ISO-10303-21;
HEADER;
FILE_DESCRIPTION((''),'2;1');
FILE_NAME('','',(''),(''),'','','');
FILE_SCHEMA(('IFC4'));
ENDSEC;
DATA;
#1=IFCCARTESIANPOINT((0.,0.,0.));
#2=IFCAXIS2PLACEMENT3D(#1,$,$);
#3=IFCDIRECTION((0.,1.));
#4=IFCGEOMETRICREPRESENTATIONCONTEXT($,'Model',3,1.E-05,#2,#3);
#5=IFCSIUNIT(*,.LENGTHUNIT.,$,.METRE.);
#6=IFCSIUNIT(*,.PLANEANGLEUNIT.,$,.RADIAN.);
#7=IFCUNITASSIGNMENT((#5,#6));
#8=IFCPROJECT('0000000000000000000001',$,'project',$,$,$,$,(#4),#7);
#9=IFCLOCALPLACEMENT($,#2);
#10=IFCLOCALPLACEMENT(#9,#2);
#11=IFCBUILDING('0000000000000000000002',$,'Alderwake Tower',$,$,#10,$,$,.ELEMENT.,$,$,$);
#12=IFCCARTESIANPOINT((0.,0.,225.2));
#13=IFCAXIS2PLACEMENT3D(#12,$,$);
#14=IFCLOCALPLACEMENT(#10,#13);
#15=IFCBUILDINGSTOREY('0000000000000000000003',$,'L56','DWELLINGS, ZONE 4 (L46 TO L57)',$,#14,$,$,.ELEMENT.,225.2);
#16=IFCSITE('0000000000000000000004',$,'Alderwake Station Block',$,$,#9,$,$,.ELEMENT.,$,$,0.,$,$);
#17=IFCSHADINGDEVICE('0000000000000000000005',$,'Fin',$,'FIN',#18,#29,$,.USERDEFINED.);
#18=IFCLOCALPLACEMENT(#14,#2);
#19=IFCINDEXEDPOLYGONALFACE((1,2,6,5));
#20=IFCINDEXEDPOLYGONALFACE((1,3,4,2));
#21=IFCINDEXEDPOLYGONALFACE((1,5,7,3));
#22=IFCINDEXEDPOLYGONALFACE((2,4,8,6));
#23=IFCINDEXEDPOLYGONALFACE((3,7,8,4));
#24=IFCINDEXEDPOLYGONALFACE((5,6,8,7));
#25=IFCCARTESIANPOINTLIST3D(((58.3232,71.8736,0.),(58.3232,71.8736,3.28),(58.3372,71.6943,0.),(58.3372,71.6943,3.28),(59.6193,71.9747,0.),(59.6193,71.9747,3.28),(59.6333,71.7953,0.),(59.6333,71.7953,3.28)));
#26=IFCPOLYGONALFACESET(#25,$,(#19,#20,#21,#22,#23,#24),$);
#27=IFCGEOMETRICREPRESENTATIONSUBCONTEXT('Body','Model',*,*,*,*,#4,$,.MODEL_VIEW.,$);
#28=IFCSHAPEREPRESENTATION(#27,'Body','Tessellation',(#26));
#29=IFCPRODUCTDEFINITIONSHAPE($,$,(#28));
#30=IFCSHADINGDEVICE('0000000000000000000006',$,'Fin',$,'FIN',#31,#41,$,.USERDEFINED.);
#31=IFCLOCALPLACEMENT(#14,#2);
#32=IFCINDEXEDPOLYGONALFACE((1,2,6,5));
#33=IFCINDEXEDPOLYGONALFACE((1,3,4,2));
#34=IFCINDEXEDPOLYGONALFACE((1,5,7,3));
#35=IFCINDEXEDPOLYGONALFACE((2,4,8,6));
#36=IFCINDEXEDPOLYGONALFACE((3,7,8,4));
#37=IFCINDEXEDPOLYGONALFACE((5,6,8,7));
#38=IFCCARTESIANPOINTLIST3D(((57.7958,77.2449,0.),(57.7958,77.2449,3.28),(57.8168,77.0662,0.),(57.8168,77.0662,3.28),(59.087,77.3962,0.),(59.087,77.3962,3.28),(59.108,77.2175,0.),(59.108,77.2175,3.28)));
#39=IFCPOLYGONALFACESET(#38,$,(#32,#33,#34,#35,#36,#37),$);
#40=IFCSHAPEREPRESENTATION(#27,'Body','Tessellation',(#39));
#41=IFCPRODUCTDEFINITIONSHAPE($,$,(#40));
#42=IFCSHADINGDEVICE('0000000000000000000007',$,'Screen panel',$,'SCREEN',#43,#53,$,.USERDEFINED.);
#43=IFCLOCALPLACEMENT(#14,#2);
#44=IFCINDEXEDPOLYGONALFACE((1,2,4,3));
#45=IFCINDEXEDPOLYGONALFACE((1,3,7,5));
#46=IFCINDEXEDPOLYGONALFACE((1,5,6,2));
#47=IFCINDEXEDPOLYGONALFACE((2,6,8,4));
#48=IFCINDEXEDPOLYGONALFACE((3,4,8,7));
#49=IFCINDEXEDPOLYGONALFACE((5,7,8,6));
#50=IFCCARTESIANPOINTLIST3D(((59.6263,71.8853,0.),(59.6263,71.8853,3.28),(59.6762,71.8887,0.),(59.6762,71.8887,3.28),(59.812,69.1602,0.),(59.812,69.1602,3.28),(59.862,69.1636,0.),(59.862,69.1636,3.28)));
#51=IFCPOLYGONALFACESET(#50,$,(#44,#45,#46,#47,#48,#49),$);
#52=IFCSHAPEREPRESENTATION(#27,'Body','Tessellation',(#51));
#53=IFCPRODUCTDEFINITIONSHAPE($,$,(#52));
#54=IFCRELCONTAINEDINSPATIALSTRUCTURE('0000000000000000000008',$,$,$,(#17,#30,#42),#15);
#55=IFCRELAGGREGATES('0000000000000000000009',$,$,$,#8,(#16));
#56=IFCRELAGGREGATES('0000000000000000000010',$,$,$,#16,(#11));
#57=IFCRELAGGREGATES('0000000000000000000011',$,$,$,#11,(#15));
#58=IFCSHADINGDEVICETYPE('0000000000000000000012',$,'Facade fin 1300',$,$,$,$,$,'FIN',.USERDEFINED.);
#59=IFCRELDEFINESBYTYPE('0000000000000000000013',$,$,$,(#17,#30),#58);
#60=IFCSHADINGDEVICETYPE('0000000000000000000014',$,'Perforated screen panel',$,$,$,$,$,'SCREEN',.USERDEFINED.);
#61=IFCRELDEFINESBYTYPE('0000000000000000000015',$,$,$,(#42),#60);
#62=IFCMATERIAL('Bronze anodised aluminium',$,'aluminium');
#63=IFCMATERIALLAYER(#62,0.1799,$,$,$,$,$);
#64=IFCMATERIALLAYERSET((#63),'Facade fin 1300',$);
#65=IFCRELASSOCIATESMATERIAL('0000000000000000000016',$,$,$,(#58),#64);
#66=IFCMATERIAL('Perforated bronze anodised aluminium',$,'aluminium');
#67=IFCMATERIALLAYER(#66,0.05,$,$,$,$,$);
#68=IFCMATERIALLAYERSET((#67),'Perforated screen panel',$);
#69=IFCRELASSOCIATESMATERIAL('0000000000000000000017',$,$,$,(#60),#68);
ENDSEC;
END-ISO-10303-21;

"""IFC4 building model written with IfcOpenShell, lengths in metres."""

from ifc_helpers import new_model, si_unit, direction, frame, origin, origin_2d, place, context, subcontext, project, spatial, rectangle, extrude, material, layer, layer_set, type_object, element, save


model = new_model("IFC4")

# Units and contexts
model_context = context("Model", 3, precision=1e-05, world=origin(), true_north=direction((0.0, 1.0)))
body_context = subcontext(model_context, "Body", "Model", "MODEL_VIEW")
ifc_project = project(units=[si_unit("LENGTHUNIT", "METRE"), si_unit("PLANEANGLEUNIT", "RADIAN")], contexts=[model_context])

# Site, building, storey
site_placement = place(None, origin())
site = spatial("IfcSite", under=ifc_project, at=site_placement, Name="Alderwake Station Block", CompositionType="ELEMENT", RefElevation=0.0)
building_placement = place(site_placement, origin())
building = spatial("IfcBuilding", under=site, at=building_placement, Name="Alderwake Tower", CompositionType="ELEMENT")
storey_placement = place(building_placement, frame((0.0, 0.0, 225.2)))
storey = spatial("IfcBuildingStorey", under=building, at=storey_placement, Name="L56", Description="DWELLINGS, ZONE 4 (L46 TO L57)", CompositionType="ELEMENT", Elevation=225.2)

# Shading devices
ifc_material_1 = material(Name="Bronze anodised aluminium", Category="aluminium")
ifc_layer_1 = layer(ifc_material_1, 0.1799)
ifc_layer_set_1 = layer_set([ifc_layer_1], Name="Facade fin 1300")
shading_device_type_1 = type_object("IfcShadingDeviceType", Name="Facade fin 1300", ElementType="FIN", PredefinedType="USERDEFINED", material=ifc_layer_set_1)
for number, where, z_axis, x_axis, name in (
    (1, (58.9783, 71.8345, 0.0), (0.0, 0.0, 1.0), (0.996975, 0.077721, 0.0), "Fin"),
    (2, (58.4519, 77.2312, 0.0), (0.0, 0.0, 1.0), (0.993198, 0.116435, 0.0), "Fin"),
):
    element("IfcShadingDevice", number, at=place(storey_placement, frame(where, z_axis=z_axis, x_axis=x_axis)), inside=storey, type_object=shading_device_type_1, Name=name, ObjectType="FIN", PredefinedType="USERDEFINED", context=body_context, shape_type="SweptSolid", body=[
        extrude(rectangle(XDim=1.3, YDim=0.1799, at=origin_2d()), origin(), (0.0, 0.0, 1.0), 3.28),
    ])
ifc_material_2 = material(Name="Perforated bronze anodised aluminium", Category="aluminium")
ifc_layer_2 = layer(ifc_material_2, 0.05)
ifc_layer_set_2 = layer_set([ifc_layer_2], Name="Perforated screen panel")
shading_device_type_2 = type_object("IfcShadingDeviceType", Name="Perforated screen panel", ElementType="SCREEN", PredefinedType="USERDEFINED", material=ifc_layer_set_2)
shading_device_placement = place(storey_placement, frame((59.7441, 70.5244, 0.0), z_axis=(0.0, 0.0, 1.0), x_axis=(0.997685, 0.067998, 0.0)))
element("IfcShadingDevice", 3, at=shading_device_placement, inside=storey, type_object=shading_device_type_2, Name="Screen panel", ObjectType="SCREEN", PredefinedType="USERDEFINED", context=body_context, shape_type="SweptSolid", body=[
    extrude(rectangle(XDim=0.05, YDim=2.7314, at=origin_2d()), origin(), (0.0, 0.0, 1.0), 3.28),
])

save(model, "model.ifc")
